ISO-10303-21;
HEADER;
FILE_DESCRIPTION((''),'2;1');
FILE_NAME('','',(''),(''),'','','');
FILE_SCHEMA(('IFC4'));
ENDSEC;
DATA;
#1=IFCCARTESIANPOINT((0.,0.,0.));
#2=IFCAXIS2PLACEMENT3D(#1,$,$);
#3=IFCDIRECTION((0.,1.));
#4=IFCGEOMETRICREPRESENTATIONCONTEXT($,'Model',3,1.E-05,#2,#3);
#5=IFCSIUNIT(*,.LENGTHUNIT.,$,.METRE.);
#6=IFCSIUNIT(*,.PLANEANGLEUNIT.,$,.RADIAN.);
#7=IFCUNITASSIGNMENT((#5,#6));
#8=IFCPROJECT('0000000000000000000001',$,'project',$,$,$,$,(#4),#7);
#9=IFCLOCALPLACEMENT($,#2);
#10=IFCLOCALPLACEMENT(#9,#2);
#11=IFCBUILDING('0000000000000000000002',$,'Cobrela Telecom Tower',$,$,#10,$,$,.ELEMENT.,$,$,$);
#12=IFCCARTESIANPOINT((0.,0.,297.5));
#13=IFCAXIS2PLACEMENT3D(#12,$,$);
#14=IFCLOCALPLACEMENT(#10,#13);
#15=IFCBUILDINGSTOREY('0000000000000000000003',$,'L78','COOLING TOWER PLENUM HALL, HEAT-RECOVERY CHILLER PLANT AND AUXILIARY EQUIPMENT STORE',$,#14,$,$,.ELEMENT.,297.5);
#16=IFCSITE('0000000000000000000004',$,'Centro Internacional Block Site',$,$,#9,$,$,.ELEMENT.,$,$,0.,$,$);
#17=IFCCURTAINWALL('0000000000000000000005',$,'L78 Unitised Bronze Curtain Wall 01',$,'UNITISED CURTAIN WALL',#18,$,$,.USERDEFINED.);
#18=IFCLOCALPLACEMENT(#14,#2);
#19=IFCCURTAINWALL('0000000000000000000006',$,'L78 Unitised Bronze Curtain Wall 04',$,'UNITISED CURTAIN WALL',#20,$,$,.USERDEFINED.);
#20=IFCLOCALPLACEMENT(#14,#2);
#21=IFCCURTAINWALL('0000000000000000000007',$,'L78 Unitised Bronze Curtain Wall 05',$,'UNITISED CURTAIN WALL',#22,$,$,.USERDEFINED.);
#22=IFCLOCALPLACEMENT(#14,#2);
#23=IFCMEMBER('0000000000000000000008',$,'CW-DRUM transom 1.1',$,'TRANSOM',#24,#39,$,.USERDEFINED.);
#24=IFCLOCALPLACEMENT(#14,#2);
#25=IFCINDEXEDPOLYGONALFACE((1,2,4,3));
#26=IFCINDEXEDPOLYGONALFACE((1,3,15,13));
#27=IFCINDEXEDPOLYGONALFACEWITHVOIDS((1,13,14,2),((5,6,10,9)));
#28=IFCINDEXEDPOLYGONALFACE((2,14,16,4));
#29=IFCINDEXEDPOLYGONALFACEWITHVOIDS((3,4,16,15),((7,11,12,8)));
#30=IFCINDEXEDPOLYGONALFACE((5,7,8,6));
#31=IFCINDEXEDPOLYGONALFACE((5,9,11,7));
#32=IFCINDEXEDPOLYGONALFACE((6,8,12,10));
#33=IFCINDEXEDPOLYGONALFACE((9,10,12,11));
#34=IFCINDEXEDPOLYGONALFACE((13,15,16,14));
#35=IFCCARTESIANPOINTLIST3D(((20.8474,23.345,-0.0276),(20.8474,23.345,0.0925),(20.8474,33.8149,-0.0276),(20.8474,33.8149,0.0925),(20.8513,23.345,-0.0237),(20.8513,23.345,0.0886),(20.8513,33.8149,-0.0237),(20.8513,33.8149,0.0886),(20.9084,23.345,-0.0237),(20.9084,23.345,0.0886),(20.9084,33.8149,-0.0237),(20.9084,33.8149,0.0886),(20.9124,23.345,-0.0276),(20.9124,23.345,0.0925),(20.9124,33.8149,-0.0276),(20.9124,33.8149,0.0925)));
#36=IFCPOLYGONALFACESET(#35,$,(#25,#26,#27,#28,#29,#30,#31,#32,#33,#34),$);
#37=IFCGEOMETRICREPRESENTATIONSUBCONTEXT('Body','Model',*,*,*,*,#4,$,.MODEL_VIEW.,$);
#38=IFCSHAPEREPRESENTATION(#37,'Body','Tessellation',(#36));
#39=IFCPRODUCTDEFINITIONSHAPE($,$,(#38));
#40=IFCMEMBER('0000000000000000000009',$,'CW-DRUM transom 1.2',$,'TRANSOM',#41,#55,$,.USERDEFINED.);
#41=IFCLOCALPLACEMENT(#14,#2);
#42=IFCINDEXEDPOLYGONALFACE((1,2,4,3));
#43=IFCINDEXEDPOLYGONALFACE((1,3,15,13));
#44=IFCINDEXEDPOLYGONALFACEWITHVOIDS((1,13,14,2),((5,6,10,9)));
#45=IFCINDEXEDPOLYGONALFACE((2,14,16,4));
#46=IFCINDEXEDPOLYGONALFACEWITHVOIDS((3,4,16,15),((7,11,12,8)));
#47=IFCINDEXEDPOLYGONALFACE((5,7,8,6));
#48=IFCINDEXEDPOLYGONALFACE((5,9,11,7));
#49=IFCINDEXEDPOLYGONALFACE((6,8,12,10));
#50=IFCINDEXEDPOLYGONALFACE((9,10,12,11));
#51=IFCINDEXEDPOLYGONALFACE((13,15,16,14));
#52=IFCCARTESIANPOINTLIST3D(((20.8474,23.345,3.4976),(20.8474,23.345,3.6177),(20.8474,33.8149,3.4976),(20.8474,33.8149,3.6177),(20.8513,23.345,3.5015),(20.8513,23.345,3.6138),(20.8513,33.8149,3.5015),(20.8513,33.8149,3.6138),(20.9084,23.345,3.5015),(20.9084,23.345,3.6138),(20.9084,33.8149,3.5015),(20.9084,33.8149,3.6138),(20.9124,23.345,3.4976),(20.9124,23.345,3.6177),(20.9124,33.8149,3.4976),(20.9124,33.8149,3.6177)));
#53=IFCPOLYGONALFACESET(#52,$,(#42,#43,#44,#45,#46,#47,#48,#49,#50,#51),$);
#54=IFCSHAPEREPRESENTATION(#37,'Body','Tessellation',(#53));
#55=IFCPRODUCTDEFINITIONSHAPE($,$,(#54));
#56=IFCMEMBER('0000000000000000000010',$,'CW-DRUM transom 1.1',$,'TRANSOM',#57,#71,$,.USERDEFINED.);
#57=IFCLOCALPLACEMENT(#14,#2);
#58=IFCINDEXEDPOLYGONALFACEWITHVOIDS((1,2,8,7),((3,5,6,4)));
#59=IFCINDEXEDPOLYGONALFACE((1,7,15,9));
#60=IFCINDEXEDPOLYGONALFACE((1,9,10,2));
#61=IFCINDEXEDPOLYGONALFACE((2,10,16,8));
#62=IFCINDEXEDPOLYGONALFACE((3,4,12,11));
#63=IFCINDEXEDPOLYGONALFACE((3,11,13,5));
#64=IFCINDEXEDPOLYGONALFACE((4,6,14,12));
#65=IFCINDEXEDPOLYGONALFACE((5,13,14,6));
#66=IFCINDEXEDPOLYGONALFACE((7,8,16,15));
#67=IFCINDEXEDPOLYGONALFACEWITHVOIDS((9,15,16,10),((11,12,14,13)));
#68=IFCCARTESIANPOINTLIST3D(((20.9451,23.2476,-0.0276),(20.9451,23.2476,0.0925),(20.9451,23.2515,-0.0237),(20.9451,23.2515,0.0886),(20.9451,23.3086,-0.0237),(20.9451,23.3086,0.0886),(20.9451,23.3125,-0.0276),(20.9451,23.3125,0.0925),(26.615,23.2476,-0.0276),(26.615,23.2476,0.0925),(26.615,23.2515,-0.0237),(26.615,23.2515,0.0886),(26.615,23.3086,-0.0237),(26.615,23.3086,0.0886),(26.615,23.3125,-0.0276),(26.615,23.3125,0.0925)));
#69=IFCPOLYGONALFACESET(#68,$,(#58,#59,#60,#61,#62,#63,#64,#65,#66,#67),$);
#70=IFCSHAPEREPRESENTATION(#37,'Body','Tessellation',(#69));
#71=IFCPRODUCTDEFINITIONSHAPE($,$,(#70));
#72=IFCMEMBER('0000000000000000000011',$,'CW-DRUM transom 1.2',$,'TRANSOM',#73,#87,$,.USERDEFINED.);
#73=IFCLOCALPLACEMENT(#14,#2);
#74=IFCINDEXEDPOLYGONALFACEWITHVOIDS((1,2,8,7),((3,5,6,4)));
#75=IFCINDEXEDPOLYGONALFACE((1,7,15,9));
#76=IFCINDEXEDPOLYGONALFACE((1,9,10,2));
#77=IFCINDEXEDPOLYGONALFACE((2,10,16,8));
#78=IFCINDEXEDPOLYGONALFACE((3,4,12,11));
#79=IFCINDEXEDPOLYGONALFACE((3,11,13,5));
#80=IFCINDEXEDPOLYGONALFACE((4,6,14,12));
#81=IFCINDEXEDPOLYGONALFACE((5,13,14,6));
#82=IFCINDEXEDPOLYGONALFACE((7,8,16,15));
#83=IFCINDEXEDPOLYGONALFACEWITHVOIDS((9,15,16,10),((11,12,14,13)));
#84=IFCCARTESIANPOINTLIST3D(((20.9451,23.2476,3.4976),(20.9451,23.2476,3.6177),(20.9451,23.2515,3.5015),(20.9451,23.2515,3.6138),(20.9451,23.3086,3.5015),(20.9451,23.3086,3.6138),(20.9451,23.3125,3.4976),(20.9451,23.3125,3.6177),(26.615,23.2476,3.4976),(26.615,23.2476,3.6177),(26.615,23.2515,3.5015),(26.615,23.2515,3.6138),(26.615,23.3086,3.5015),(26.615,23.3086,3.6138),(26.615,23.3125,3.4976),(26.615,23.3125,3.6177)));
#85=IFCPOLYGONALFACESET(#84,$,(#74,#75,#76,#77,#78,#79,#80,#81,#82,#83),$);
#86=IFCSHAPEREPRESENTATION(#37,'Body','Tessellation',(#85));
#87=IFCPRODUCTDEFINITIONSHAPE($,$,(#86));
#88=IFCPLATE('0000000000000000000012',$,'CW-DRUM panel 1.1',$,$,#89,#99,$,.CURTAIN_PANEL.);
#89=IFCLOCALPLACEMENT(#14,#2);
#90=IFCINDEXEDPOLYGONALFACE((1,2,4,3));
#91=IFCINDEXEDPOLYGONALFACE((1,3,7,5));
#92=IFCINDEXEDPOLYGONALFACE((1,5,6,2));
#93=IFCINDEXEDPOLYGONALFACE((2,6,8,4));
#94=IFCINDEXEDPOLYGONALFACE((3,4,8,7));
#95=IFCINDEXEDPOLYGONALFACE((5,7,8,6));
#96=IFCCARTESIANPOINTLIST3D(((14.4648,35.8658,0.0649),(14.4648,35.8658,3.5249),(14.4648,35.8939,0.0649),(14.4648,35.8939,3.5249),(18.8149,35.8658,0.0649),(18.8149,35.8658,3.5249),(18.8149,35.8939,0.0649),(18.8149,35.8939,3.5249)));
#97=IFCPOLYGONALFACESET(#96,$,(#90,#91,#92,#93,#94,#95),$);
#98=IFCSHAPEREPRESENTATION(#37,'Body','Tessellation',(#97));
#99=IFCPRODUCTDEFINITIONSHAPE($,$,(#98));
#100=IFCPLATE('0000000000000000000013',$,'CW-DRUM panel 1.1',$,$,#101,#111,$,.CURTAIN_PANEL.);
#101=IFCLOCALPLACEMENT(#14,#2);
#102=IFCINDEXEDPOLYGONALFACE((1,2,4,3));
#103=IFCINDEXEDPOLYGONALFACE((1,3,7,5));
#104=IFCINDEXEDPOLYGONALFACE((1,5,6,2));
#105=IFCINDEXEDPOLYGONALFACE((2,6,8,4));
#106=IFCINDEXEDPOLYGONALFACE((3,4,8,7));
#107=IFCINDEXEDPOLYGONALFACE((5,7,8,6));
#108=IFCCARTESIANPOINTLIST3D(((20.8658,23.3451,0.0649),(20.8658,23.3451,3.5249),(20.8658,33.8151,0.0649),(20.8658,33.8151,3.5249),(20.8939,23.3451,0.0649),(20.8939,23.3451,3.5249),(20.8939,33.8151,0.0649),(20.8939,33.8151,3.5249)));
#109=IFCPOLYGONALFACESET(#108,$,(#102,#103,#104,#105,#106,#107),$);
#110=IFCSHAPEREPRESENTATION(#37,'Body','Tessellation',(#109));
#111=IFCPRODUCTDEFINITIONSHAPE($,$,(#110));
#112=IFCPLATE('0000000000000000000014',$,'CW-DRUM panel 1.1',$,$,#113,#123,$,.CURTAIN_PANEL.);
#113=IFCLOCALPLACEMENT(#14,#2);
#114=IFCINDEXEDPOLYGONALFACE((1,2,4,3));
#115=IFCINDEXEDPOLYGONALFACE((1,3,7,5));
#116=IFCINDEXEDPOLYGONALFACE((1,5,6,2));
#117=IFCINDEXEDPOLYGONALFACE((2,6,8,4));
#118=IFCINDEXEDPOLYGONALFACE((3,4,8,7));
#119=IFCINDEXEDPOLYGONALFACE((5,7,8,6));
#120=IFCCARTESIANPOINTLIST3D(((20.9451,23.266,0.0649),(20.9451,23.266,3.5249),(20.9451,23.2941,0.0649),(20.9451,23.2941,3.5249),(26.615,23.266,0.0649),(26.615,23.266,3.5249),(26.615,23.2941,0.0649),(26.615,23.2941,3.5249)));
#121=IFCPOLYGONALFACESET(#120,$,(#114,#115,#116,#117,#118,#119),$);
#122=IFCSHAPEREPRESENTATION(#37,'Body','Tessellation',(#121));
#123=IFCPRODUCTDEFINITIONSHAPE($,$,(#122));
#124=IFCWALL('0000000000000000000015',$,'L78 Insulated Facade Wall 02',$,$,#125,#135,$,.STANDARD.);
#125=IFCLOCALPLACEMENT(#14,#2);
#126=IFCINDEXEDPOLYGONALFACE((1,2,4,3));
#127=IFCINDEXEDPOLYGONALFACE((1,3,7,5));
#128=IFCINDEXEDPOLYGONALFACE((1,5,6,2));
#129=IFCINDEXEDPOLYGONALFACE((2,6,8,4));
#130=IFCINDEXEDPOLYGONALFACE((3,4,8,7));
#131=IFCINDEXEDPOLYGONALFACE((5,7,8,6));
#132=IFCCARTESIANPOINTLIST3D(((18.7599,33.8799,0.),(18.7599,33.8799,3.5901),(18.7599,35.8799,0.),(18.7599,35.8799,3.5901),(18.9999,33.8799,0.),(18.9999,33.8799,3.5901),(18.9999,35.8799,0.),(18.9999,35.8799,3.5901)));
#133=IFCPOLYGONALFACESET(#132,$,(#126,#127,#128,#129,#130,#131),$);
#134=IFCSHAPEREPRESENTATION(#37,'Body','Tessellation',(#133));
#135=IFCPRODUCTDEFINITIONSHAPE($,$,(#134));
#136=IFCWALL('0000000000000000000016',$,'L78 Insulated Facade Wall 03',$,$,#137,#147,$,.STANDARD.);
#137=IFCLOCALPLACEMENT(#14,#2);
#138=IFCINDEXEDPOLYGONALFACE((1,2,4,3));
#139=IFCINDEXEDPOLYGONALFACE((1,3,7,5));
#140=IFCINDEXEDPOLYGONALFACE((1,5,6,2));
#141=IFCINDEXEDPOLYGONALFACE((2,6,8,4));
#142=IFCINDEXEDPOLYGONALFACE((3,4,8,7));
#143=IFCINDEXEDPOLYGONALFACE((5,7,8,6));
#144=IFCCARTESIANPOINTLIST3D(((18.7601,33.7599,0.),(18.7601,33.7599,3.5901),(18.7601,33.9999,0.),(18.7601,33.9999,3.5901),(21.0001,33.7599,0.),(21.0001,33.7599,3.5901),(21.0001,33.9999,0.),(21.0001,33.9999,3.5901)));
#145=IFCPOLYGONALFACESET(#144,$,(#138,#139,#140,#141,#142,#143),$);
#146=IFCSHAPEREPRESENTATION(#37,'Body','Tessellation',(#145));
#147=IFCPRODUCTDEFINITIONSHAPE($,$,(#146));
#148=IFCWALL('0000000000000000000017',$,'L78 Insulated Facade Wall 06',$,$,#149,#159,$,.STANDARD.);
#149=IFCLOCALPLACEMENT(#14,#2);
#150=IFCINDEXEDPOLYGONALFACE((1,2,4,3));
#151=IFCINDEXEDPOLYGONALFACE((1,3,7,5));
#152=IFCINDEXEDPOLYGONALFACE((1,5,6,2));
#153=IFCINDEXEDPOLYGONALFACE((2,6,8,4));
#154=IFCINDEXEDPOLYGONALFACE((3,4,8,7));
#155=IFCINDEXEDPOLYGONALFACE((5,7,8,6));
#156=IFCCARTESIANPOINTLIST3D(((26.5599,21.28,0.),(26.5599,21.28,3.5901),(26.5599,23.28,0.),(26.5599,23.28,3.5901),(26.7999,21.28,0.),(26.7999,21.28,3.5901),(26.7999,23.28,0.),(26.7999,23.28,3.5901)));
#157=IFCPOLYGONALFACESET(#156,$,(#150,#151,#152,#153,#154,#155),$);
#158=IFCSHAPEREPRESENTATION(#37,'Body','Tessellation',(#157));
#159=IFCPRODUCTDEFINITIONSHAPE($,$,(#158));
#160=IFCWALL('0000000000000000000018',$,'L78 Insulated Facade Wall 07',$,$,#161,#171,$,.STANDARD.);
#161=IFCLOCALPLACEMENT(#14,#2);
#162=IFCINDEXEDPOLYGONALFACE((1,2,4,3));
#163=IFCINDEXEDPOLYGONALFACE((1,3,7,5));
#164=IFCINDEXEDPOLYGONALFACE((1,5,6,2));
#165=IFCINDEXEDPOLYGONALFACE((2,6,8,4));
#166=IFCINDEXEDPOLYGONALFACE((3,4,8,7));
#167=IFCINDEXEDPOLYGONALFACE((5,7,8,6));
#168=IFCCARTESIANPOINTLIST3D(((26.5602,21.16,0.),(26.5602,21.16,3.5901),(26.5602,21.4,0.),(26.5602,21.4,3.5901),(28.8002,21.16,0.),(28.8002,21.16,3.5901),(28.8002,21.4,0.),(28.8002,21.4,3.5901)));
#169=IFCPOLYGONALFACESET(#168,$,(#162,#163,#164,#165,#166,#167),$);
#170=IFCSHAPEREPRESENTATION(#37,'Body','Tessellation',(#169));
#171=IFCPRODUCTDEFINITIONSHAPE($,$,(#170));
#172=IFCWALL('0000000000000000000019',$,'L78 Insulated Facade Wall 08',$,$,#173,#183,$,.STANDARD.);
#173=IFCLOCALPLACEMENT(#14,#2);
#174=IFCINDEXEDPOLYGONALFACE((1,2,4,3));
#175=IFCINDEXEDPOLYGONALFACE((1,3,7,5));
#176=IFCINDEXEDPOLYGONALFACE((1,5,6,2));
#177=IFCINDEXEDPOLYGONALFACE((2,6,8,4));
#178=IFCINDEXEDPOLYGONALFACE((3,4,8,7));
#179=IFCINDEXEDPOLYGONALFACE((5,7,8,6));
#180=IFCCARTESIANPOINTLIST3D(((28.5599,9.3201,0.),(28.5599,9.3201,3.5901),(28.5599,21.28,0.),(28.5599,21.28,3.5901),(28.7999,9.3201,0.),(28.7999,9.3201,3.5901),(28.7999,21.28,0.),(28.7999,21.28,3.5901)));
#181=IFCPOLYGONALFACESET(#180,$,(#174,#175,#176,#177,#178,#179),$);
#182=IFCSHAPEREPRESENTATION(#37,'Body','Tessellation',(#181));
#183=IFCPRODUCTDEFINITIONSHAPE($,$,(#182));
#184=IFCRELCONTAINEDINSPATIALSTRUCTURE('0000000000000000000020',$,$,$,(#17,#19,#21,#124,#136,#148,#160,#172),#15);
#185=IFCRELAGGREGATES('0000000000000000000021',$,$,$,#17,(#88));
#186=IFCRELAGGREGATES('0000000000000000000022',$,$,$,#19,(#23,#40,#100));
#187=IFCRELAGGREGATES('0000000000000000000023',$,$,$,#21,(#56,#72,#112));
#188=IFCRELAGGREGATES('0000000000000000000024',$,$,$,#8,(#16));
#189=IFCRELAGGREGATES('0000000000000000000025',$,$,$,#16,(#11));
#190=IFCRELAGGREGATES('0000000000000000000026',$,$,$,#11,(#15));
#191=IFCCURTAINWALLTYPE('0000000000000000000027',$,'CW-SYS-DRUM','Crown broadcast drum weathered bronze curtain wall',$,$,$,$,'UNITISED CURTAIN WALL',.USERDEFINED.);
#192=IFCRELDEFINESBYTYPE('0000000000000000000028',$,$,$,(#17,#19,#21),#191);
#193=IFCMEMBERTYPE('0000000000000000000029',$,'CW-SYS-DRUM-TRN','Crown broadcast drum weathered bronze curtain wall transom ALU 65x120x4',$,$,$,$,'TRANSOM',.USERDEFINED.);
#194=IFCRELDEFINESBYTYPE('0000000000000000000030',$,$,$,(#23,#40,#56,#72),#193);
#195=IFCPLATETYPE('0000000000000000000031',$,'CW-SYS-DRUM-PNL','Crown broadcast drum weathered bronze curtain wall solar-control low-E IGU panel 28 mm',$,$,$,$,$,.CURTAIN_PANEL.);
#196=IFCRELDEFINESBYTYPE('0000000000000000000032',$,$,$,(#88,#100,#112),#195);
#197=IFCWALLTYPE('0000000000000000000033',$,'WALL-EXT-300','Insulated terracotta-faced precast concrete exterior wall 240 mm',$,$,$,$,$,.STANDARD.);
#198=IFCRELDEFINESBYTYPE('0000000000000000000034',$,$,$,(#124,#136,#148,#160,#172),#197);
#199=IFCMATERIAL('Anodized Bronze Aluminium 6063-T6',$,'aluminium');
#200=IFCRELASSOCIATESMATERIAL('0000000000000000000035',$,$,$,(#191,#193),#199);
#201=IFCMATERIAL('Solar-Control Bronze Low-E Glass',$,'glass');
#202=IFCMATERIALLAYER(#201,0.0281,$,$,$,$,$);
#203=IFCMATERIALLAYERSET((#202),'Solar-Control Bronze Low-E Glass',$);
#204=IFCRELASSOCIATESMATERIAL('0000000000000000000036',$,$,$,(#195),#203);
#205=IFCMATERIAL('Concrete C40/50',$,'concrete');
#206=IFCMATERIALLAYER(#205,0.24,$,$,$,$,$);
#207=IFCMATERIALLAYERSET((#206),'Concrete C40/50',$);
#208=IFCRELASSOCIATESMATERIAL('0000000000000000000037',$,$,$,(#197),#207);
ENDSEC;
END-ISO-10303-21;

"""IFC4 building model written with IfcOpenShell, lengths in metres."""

from ifc_helpers import new_model, si_unit, direction, frame, frame_2d, origin, origin_2d, place, context, subcontext, project, spatial, rectangle, hollow_rectangle, extrude, material, layer, layer_set, material_profile, profile_set, type_object, element, aggregate, save


model = new_model("IFC4")

# Units and contexts
model_context = context("Model", 3, precision=1e-05, world=origin(), true_north=direction((0.0, 1.0)))
body_context = subcontext(model_context, "Body", "Model", "MODEL_VIEW")
ifc_project = project(units=[si_unit("LENGTHUNIT", "METRE"), si_unit("PLANEANGLEUNIT", "RADIAN")], contexts=[model_context])

# Site, building, storey
site_placement = place(None, origin())
site = spatial("IfcSite", under=ifc_project, at=site_placement, Name="Centro Internacional Block Site", CompositionType="ELEMENT", RefElevation=0.0)
building_placement = place(site_placement, origin())
building = spatial("IfcBuilding", under=site, at=building_placement, Name="Cobrela Telecom Tower", CompositionType="ELEMENT")
storey_placement = place(building_placement, frame((0.0, 0.0, 297.5)))
storey = spatial("IfcBuildingStorey", under=building, at=storey_placement, Name="L78", Description="COOLING TOWER PLENUM HALL, HEAT-RECOVERY CHILLER PLANT AND AUXILIARY EQUIPMENT STORE", CompositionType="ELEMENT", Elevation=297.5)

# Curtain walls
ifc_material_1 = material(Name="Anodized Bronze Aluminium 6063-T6", Category="aluminium")
curtain_wall_type = type_object("IfcCurtainWallType", Name="CW-SYS-DRUM", Description="Crown broadcast drum weathered bronze curtain wall", ElementType="UNITISED CURTAIN WALL", PredefinedType="USERDEFINED", material=ifc_material_1)
curtain_wall_1_placement = place(storey_placement, origin())
curtain_wall_1 = element("IfcCurtainWall", 1, at=curtain_wall_1_placement, inside=storey, type_object=curtain_wall_type, Name="L78 Unitised Bronze Curtain Wall 01", ObjectType="UNITISED CURTAIN WALL", PredefinedType="USERDEFINED")
curtain_wall_2_placement = place(storey_placement, origin())
curtain_wall_2 = element("IfcCurtainWall", 2, at=curtain_wall_2_placement, inside=storey, type_object=curtain_wall_type, Name="L78 Unitised Bronze Curtain Wall 04", ObjectType="UNITISED CURTAIN WALL", PredefinedType="USERDEFINED")
curtain_wall_3_placement = place(storey_placement, origin())
curtain_wall_3 = element("IfcCurtainWall", 3, at=curtain_wall_3_placement, inside=storey, type_object=curtain_wall_type, Name="L78 Unitised Bronze Curtain Wall 05", ObjectType="UNITISED CURTAIN WALL", PredefinedType="USERDEFINED")

# Members
ifc_material_profile_1 = material_profile(ifc_material_1, hollow_rectangle(XDim=0.0649, YDim=0.1201, WallThickness=0.0039, at=origin_2d()), Name="ALU 65x120x4")
ifc_profile_set_1 = profile_set([ifc_material_profile_1], Name="Anodized Bronze Aluminium 6063-T6")
member_type_1 = type_object("IfcMemberType", Name="CW-SYS-DRUM-TRN", Description="Crown broadcast drum weathered bronze curtain wall transom ALU 65x120x4", ElementType="TRANSOM", PredefinedType="USERDEFINED", material=ifc_profile_set_1)
member_1_placement = place(storey_placement, frame((20.8799, 33.8149, 0.0325), z_axis=(0.0, -1.0, 0.0), x_axis=(1.0, 0.0, 0.0)))
member_1 = element("IfcMember", 4, at=member_1_placement, type_object=member_type_1, Name="CW-DRUM transom 1.1", ObjectType="TRANSOM", PredefinedType="USERDEFINED", context=body_context, shape_type="SweptSolid", body=[
    extrude(hollow_rectangle(XDim=0.0649, YDim=0.1201, WallThickness=0.0039, at=origin_2d()), origin(), (0.0, 0.0, 1.0), 10.47),
])
member_2_placement = place(storey_placement, frame((20.8799, 33.8149, 3.5576), z_axis=(0.0, -1.0, 0.0), x_axis=(1.0, 0.0, 0.0)))
member_2 = element("IfcMember", 5, at=member_2_placement, type_object=member_type_1, Name="CW-DRUM transom 1.2", ObjectType="TRANSOM", PredefinedType="USERDEFINED", context=body_context, shape_type="SweptSolid", body=[
    extrude(hollow_rectangle(XDim=0.0649, YDim=0.1201, WallThickness=0.0039, at=origin_2d()), origin(), (0.0, 0.0, 1.0), 10.47),
])
member_3_placement = place(storey_placement, frame((20.9451, 23.28, 0.0325), z_axis=(1.0, 0.0, 0.0), x_axis=(0.0, 1.0, 0.0)))
member_3 = element("IfcMember", 6, at=member_3_placement, type_object=member_type_1, Name="CW-DRUM transom 1.1", ObjectType="TRANSOM", PredefinedType="USERDEFINED", context=body_context, shape_type="SweptSolid", body=[
    extrude(hollow_rectangle(XDim=0.0649, YDim=0.1201, WallThickness=0.0039, at=origin_2d()), origin(), (0.0, 0.0, 1.0), 5.6699),
])
member_4_placement = place(storey_placement, frame((20.9451, 23.28, 3.5576), z_axis=(1.0, 0.0, 0.0), x_axis=(0.0, 1.0, 0.0)))
member_4 = element("IfcMember", 7, at=member_4_placement, type_object=member_type_1, Name="CW-DRUM transom 1.2", ObjectType="TRANSOM", PredefinedType="USERDEFINED", context=body_context, shape_type="SweptSolid", body=[
    extrude(hollow_rectangle(XDim=0.0649, YDim=0.1201, WallThickness=0.0039, at=origin_2d()), origin(), (0.0, 0.0, 1.0), 5.6699),
])

# Plates
ifc_material_2 = material(Name="Solar-Control Bronze Low-E Glass", Category="glass")
ifc_layer_1 = layer(ifc_material_2, 0.0281)
ifc_layer_set_1 = layer_set([ifc_layer_1], Name="Solar-Control Bronze Low-E Glass")
plate_type = type_object("IfcPlateType", Name="CW-SYS-DRUM-PNL", Description="Crown broadcast drum weathered bronze curtain wall solar-control low-E IGU panel 28 mm", PredefinedType="CURTAIN_PANEL", material=ifc_layer_set_1)
plate_1_placement = place(storey_placement, frame((16.6399, 35.8799, 0.0649), z_axis=(0.0, 0.0, 1.0), x_axis=(1.0, 0.0, 0.0)))
plate_1 = element("IfcPlate", 8, at=plate_1_placement, type_object=plate_type, Name="CW-DRUM panel 1.1", PredefinedType="CURTAIN_PANEL", context=body_context, shape_type="SweptSolid", body=[
    extrude(rectangle(XDim=4.3501, YDim=0.0281, at=origin_2d()), origin(), (0.0, 0.0, 1.0), 3.46),
])
aggregate(curtain_wall_1, [plate_1])
plate_2_placement = place(storey_placement, frame((20.8799, 28.5801, 0.0649), z_axis=(0.0, 0.0, 1.0), x_axis=(0.0, -1.0, 0.0)))
plate_2 = element("IfcPlate", 9, at=plate_2_placement, type_object=plate_type, Name="CW-DRUM panel 1.1", PredefinedType="CURTAIN_PANEL", context=body_context, shape_type="SweptSolid", body=[
    extrude(rectangle(XDim=10.47, YDim=0.0281, at=origin_2d()), origin(), (0.0, 0.0, 1.0), 3.46),
])
aggregate(curtain_wall_2, [member_1, member_2, plate_2])
plate_3_placement = place(storey_placement, frame((23.78, 23.28, 0.0649), z_axis=(0.0, 0.0, 1.0), x_axis=(1.0, 0.0, 0.0)))
plate_3 = element("IfcPlate", 10, at=plate_3_placement, type_object=plate_type, Name="CW-DRUM panel 1.1", PredefinedType="CURTAIN_PANEL", context=body_context, shape_type="SweptSolid", body=[
    extrude(rectangle(XDim=5.6699, YDim=0.0281, at=origin_2d()), origin(), (0.0, 0.0, 1.0), 3.46),
])
aggregate(curtain_wall_3, [member_3, member_4, plate_3])

# Walls
ifc_material_3 = material(Name="Concrete C40/50", Category="concrete")
ifc_layer_2 = layer(ifc_material_3, 0.24)
ifc_layer_set_2 = layer_set([ifc_layer_2], Name="Concrete C40/50")
wall_type_1 = type_object("IfcWallType", Name="WALL-EXT-300", Description="Insulated terracotta-faced precast concrete exterior wall 240 mm", PredefinedType="STANDARD", material=ifc_layer_set_2)
wall_1_placement = place(storey_placement, frame((18.8799, 35.8799, 0.0), z_axis=(0.0, 0.0, 1.0), x_axis=(0.0, -1.0, 0.0)))
element("IfcWall", 11, at=wall_1_placement, inside=storey, type_object=wall_type_1, Name="L78 Insulated Facade Wall 02", PredefinedType="STANDARD", context=body_context, shape_type="SweptSolid", body=[
    extrude(rectangle(XDim=2.0, YDim=0.24, at=frame_2d((1.0, 0.0))), origin(), (0.0, 0.0, 1.0), 3.5901),
])
wall_2_placement = place(storey_placement, frame((18.76, 33.8799, 0.0), z_axis=(0.0, 0.0, 1.0), x_axis=(1.0, 0.0, 0.0)))
element("IfcWall", 12, at=wall_2_placement, inside=storey, type_object=wall_type_1, Name="L78 Insulated Facade Wall 03", PredefinedType="STANDARD", context=body_context, shape_type="SweptSolid", body=[
    extrude(rectangle(XDim=2.24, YDim=0.24, at=frame_2d((1.1201, 0.0))), origin(), (0.0, 0.0, 1.0), 3.5901),
])
wall_3_placement = place(storey_placement, frame((26.6799, 23.28, 0.0), z_axis=(0.0, 0.0, 1.0), x_axis=(0.0, -1.0, 0.0)))
element("IfcWall", 13, at=wall_3_placement, inside=storey, type_object=wall_type_1, Name="L78 Insulated Facade Wall 06", PredefinedType="STANDARD", context=body_context, shape_type="SweptSolid", body=[
    extrude(rectangle(XDim=2.0, YDim=0.24, at=frame_2d((1.0, 0.0))), origin(), (0.0, 0.0, 1.0), 3.5901),
])
wall_4_placement = place(storey_placement, frame((26.5601, 21.28, 0.0), z_axis=(0.0, 0.0, 1.0), x_axis=(1.0, 0.0, 0.0)))
element("IfcWall", 14, at=wall_4_placement, inside=storey, type_object=wall_type_1, Name="L78 Insulated Facade Wall 07", PredefinedType="STANDARD", context=body_context, shape_type="SweptSolid", body=[
    extrude(rectangle(XDim=2.24, YDim=0.24, at=frame_2d((1.1201, 0.0))), origin(), (0.0, 0.0, 1.0), 3.5901),
])
wall_5_placement = place(storey_placement, frame((28.6799, 21.28, 0.0), z_axis=(0.0, 0.0, 1.0), x_axis=(0.0, -1.0, 0.0)))
element("IfcWall", 15, at=wall_5_placement, inside=storey, type_object=wall_type_1, Name="L78 Insulated Facade Wall 08", PredefinedType="STANDARD", context=body_context, shape_type="SweptSolid", body=[
    extrude(rectangle(XDim=11.96, YDim=0.24, at=frame_2d((5.98, 0.0))), origin(), (0.0, 0.0, 1.0), 3.5901),
])

save(model, "model.ifc")
